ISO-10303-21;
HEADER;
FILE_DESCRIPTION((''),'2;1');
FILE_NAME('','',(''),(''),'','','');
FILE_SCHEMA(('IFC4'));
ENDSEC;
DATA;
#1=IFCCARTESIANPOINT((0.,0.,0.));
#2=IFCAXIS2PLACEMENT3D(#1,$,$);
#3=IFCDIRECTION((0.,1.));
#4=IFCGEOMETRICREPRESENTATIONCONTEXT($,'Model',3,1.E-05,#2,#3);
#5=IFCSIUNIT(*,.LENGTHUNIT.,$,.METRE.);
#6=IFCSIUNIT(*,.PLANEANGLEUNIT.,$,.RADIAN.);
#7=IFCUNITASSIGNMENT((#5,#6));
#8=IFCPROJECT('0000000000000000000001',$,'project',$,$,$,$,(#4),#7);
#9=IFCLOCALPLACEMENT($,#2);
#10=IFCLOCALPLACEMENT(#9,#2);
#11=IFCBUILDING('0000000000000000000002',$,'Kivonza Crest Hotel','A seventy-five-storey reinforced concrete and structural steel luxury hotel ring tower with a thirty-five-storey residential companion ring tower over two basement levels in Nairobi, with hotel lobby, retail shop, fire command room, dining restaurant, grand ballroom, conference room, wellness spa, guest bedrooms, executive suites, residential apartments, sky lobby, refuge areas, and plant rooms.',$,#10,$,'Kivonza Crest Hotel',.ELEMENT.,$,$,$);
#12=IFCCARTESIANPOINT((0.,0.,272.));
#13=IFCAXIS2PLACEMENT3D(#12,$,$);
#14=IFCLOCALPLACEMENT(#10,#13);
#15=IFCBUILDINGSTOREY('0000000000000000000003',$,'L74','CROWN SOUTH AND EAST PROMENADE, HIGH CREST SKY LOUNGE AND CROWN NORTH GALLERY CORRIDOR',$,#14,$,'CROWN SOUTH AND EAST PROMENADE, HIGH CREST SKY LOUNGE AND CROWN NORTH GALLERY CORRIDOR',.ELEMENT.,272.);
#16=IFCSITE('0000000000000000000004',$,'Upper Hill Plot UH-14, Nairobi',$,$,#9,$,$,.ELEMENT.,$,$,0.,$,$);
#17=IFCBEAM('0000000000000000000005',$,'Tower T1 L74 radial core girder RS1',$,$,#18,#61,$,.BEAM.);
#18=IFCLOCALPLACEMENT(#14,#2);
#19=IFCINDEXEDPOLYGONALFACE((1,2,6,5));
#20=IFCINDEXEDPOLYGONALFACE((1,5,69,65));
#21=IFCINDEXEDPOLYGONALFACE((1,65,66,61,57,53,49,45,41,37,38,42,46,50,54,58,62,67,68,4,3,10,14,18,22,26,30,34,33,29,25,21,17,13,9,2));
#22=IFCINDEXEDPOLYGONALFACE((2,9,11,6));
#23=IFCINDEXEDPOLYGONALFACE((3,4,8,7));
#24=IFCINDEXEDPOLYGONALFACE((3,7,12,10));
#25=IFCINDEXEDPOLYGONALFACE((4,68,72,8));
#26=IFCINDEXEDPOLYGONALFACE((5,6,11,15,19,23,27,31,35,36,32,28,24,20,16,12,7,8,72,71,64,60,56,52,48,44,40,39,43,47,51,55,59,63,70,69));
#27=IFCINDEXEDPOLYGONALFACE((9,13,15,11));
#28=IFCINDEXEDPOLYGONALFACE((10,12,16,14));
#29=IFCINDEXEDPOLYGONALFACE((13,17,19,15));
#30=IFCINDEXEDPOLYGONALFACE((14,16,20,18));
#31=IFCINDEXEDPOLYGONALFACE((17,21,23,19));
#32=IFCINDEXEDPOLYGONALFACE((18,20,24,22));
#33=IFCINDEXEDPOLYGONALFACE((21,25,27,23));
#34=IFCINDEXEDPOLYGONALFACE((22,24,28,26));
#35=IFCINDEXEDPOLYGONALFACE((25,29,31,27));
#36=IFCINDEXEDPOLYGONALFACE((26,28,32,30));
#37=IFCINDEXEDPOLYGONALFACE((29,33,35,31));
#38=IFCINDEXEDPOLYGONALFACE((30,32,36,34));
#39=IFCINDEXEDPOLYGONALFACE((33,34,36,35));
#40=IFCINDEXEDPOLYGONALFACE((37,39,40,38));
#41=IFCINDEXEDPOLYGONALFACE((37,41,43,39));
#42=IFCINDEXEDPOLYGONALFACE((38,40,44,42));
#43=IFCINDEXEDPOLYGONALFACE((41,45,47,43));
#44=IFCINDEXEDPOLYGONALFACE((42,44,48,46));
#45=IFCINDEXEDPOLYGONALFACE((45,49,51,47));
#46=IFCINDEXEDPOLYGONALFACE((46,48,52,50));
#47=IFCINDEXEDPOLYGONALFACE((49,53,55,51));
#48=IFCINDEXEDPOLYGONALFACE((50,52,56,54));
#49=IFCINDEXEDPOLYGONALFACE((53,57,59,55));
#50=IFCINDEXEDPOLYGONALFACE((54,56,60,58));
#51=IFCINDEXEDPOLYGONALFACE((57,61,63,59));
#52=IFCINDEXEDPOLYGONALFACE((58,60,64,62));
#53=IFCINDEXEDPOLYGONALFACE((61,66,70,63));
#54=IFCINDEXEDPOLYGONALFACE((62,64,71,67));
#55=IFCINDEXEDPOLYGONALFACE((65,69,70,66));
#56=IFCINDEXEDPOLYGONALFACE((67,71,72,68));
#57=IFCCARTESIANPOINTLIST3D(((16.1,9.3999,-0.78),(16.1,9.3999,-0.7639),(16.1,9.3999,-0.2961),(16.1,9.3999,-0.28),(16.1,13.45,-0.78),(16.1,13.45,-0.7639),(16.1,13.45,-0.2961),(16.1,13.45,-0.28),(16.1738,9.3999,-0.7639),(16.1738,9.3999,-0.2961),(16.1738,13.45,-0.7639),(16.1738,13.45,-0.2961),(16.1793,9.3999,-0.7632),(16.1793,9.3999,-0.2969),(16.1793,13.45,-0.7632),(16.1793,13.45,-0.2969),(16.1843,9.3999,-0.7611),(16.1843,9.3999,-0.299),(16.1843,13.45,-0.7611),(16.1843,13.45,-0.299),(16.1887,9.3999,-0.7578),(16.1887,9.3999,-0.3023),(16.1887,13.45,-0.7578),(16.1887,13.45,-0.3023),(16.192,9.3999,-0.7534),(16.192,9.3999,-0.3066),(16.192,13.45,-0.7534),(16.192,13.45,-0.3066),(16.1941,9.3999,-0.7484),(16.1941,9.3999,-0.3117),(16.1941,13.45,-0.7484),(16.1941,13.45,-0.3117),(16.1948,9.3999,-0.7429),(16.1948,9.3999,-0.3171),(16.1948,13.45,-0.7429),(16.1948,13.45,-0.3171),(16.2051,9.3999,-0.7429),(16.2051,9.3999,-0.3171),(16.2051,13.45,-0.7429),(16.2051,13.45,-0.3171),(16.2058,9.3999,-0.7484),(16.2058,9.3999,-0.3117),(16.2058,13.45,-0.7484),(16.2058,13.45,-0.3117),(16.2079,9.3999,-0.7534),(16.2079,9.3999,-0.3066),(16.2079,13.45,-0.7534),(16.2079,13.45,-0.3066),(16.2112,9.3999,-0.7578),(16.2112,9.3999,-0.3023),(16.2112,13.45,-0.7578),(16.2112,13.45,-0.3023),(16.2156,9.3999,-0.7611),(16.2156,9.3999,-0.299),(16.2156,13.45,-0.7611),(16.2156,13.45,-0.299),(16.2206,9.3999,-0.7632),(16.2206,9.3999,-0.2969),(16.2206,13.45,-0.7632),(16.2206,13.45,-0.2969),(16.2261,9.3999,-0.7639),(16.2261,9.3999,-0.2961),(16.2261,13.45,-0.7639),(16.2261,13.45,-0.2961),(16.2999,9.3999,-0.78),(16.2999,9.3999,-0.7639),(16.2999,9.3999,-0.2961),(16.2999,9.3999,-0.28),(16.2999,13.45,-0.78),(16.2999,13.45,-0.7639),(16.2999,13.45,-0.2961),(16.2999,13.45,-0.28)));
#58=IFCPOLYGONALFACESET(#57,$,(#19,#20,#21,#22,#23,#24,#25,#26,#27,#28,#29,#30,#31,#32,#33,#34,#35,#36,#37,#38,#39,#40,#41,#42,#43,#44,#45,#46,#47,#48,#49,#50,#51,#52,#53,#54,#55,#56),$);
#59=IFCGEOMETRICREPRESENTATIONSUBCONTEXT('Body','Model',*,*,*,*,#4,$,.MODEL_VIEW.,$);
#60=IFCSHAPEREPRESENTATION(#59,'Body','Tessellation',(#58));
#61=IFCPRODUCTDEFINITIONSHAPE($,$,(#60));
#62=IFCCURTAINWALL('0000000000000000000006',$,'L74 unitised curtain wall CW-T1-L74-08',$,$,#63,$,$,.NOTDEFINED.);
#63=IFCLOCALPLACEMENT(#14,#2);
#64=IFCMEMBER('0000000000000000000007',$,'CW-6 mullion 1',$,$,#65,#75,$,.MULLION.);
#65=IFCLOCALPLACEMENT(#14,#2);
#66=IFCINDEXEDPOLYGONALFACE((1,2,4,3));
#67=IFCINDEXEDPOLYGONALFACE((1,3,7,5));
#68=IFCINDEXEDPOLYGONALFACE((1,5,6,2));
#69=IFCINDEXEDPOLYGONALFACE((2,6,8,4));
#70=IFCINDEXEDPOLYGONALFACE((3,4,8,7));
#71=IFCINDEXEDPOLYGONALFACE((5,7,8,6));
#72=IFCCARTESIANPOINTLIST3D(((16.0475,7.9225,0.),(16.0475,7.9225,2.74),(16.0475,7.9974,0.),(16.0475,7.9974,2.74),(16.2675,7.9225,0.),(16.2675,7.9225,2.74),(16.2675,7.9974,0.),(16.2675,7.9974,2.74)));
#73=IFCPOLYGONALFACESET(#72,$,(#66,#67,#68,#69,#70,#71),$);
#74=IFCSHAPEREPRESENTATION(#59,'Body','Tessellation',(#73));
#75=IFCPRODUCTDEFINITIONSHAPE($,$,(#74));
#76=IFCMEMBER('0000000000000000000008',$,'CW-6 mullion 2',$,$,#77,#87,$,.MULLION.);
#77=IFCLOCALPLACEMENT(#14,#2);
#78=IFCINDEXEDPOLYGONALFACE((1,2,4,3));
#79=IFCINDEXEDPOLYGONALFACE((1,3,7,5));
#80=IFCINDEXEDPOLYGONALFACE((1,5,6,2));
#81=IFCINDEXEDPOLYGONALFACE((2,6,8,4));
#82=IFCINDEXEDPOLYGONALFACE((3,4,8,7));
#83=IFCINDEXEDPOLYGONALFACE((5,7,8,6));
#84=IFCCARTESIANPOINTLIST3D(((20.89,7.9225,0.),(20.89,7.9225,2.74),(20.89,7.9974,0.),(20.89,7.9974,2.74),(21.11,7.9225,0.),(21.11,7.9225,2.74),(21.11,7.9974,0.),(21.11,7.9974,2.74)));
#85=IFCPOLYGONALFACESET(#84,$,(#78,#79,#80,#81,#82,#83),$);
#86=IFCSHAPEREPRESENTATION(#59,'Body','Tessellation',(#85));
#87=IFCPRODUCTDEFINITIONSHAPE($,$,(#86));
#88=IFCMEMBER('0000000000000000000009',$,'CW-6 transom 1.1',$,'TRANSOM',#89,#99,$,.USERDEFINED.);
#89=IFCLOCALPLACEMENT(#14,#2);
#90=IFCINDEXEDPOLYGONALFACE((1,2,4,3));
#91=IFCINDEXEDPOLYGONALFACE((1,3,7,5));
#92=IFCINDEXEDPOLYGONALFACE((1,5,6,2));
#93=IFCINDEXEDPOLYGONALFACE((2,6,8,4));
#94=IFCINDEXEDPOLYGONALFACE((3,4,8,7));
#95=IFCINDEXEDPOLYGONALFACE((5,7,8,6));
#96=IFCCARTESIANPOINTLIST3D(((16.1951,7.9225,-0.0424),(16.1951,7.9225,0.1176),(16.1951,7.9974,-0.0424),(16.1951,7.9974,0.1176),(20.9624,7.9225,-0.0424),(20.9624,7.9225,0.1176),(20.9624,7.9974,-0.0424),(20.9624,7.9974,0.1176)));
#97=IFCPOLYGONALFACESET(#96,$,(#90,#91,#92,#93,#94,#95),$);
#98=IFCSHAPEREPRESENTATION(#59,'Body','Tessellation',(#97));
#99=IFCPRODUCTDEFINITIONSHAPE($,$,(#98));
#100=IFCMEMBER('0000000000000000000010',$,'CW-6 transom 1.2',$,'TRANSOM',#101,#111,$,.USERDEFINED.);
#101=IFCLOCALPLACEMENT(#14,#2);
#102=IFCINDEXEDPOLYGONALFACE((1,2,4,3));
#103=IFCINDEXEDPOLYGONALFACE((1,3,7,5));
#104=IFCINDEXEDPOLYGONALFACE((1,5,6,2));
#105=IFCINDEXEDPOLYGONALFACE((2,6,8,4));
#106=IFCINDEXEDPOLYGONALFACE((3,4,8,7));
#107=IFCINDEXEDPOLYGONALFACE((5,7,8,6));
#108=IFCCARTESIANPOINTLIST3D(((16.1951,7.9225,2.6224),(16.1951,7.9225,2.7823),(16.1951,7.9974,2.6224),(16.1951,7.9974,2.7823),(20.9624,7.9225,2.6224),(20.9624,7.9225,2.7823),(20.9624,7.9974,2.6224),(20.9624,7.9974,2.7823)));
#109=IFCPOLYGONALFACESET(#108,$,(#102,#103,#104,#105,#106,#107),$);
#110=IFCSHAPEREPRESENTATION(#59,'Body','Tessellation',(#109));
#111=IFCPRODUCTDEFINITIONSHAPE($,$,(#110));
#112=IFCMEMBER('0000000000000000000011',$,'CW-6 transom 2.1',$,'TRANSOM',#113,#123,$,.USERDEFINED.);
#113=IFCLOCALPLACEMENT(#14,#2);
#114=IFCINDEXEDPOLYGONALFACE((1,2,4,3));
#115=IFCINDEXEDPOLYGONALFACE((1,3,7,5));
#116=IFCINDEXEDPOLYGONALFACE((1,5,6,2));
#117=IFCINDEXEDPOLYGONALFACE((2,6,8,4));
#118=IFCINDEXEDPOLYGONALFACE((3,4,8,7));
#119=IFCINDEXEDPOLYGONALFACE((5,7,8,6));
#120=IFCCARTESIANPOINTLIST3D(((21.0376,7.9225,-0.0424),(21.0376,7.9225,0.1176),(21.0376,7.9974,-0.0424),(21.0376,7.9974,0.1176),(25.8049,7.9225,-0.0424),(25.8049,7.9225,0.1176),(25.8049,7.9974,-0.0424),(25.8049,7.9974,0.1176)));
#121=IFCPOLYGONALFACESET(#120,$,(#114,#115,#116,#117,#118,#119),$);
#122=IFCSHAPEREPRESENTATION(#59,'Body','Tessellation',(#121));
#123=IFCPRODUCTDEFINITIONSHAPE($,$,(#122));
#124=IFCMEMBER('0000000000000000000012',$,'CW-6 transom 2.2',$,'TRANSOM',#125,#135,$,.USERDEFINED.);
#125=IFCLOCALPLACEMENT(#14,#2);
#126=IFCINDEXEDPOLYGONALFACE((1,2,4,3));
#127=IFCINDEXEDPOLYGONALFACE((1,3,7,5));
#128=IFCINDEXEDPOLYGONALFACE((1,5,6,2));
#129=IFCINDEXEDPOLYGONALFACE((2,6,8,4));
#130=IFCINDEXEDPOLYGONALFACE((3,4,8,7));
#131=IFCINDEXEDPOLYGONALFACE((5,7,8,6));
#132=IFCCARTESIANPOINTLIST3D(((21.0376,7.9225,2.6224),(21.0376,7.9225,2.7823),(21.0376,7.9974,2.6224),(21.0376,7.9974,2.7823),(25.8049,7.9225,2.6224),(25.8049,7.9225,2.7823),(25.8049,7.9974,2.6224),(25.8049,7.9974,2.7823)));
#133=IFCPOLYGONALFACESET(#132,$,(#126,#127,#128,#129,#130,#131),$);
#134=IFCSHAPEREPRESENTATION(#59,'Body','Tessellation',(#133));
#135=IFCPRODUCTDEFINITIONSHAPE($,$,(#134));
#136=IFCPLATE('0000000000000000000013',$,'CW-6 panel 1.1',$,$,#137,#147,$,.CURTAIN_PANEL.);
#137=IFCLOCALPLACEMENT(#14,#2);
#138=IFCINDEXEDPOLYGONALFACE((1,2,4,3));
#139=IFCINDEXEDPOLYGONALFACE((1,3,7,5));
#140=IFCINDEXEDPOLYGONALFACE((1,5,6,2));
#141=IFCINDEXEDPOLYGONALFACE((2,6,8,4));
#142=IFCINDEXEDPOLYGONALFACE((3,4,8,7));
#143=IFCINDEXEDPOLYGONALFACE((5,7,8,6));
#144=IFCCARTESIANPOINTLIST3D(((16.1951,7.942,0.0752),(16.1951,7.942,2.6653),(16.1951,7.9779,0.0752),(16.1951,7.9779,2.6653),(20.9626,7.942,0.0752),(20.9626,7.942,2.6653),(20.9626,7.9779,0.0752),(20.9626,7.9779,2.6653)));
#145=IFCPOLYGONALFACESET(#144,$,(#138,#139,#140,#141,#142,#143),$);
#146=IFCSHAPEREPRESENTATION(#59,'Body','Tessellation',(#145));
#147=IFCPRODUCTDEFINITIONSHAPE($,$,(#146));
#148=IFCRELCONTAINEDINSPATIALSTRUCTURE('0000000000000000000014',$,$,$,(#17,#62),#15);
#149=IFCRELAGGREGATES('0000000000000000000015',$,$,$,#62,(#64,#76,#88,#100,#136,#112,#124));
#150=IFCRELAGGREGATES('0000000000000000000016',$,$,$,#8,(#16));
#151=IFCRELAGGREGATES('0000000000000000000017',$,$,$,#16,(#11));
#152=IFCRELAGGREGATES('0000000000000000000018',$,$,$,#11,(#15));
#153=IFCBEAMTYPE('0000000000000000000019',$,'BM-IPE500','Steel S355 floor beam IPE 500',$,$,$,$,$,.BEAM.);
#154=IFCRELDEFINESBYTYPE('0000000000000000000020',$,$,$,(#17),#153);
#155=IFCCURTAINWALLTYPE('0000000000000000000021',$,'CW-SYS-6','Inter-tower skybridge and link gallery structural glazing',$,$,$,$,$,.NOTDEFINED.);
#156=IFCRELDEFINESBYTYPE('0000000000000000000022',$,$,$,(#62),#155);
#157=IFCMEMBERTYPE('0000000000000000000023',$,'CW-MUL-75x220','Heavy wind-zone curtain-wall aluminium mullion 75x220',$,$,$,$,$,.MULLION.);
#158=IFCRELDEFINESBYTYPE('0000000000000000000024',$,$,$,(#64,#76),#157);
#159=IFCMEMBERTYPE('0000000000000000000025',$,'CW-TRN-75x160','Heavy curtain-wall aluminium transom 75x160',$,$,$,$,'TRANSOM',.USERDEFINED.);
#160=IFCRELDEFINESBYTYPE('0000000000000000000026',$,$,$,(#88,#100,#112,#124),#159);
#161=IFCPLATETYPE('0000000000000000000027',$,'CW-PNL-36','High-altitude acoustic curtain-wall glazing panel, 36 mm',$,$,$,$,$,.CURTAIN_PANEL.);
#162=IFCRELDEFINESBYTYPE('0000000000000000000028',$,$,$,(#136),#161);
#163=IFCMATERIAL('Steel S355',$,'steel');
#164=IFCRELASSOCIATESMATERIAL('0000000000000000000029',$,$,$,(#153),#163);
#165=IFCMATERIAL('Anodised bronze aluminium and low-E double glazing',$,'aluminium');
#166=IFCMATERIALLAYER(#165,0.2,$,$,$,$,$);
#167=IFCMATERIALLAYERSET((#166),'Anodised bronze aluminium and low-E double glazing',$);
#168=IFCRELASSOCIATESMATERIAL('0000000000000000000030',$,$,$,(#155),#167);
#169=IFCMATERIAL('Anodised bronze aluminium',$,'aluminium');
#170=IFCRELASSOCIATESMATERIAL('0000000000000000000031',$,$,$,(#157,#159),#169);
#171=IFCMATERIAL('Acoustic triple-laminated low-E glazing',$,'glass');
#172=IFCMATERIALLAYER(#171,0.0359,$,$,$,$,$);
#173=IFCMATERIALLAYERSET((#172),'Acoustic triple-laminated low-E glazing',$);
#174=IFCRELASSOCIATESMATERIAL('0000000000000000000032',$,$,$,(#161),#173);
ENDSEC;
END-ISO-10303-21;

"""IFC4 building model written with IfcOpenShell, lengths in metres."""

from ifc_helpers import new_model, si_unit, direction, frame, origin, origin_2d, place, context, subcontext, project, spatial, rectangle, i_section, extrude, material, layer, layer_set, material_profile, profile_set, type_object, element, aggregate, save


model = new_model("IFC4")

# Units and contexts
model_context = context("Model", 3, precision=1e-05, world=origin(), true_north=direction((0.0, 1.0)))
body_context = subcontext(model_context, "Body", "Model", "MODEL_VIEW")
ifc_project = project(units=[si_unit("LENGTHUNIT", "METRE"), si_unit("PLANEANGLEUNIT", "RADIAN")], contexts=[model_context])

# Site, building, storey
site_placement = place(None, origin())
site = spatial("IfcSite", under=ifc_project, at=site_placement, Name="Upper Hill Plot UH-14, Nairobi", CompositionType="ELEMENT", RefElevation=0.0)
building_placement = place(site_placement, origin())
building = spatial("IfcBuilding", under=site, at=building_placement, Name="Kivonza Crest Hotel", Description="A seventy-five-storey reinforced concrete and structural steel luxury hotel ring tower with a thirty-five-storey residential companion ring tower over two basement levels in Nairobi, with hotel lobby, retail shop, fire command room, dining restaurant, grand ballroom, conference room, wellness spa, guest bedrooms, executive suites, residential apartments, sky lobby, refuge areas, and plant rooms.", LongName="Kivonza Crest Hotel", CompositionType="ELEMENT")
storey_placement = place(building_placement, frame((0.0, 0.0, 272.0)))
storey = spatial("IfcBuildingStorey", under=building, at=storey_placement, Name="L74", Description="CROWN SOUTH AND EAST PROMENADE, HIGH CREST SKY LOUNGE AND CROWN NORTH GALLERY CORRIDOR", LongName="CROWN SOUTH AND EAST PROMENADE, HIGH CREST SKY LOUNGE AND CROWN NORTH GALLERY CORRIDOR", CompositionType="ELEMENT", Elevation=272.0)

# Beam
ifc_material_1 = material(Name="Steel S355", Category="steel")
ifc_material_profile_1 = material_profile(ifc_material_1, i_section(OverallWidth=0.2, OverallDepth=0.5, WebThickness=0.0103, FlangeThickness=0.0161, FilletRadius=0.021, at=origin_2d()), Name="IPE 500")
ifc_profile_set_1 = profile_set([ifc_material_profile_1], Name="Steel S355")
beam_type_1 = type_object("IfcBeamType", Name="BM-IPE500", Description="Steel S355 floor beam IPE 500", PredefinedType="BEAM", material=ifc_profile_set_1)
beam_1_placement = place(storey_placement, frame((16.2, 9.3999, -0.53), z_axis=(0.0, 1.0, 0.0), x_axis=(-1.0, 0.0, 0.0)))
element("IfcBeam", 1, at=beam_1_placement, inside=storey, type_object=beam_type_1, Name="Tower T1 L74 radial core girder RS1", PredefinedType="BEAM", context=body_context, shape_type="SweptSolid", body=[
    extrude(i_section(OverallWidth=0.2, OverallDepth=0.5, WebThickness=0.0103, FlangeThickness=0.0161, FilletRadius=0.021, at=origin_2d()), origin(), (0.0, 0.0, 1.0), 4.05),
])

# Curtain wall, members, plate
ifc_material_2 = material(Name="Anodised bronze aluminium and low-E double glazing", Category="aluminium")
ifc_layer_1 = layer(ifc_material_2, 0.2)
ifc_layer_set_1 = layer_set([ifc_layer_1], Name="Anodised bronze aluminium and low-E double glazing")
curtain_wall_type = type_object("IfcCurtainWallType", Name="CW-SYS-6", Description="Inter-tower skybridge and link gallery structural glazing", PredefinedType="NOTDEFINED", material=ifc_layer_set_1)
curtain_wall_placement = place(storey_placement, origin())
curtain_wall = element("IfcCurtainWall", 2, at=curtain_wall_placement, inside=storey, type_object=curtain_wall_type, Name="L74 unitised curtain wall CW-T1-L74-08", PredefinedType="NOTDEFINED")
ifc_material_3 = material(Name="Anodised bronze aluminium", Category="aluminium")
ifc_material_profile_2 = material_profile(ifc_material_3, rectangle(XDim=0.075, YDim=0.22, at=origin_2d()), Name="CW-M 75x220")
ifc_profile_set_2 = profile_set([ifc_material_profile_2], Name="Anodised bronze aluminium")
member_type_1 = type_object("IfcMemberType", Name="CW-MUL-75x220", Description="Heavy wind-zone curtain-wall aluminium mullion 75x220", PredefinedType="MULLION", material=ifc_profile_set_2)
member_1_placement = place(storey_placement, frame((16.1575, 7.96, 0.0), z_axis=(0.0, 0.0, 1.0), x_axis=(0.0, 1.0, 0.0)))
member_1 = element("IfcMember", 3, at=member_1_placement, type_object=member_type_1, Name="CW-6 mullion 1", PredefinedType="MULLION", context=body_context, shape_type="SweptSolid", body=[
    extrude(rectangle(XDim=0.075, YDim=0.22, at=origin_2d()), origin(), (0.0, 0.0, 1.0), 2.74),
])
member_2_placement = place(storey_placement, frame((21.0, 7.96, 0.0), z_axis=(0.0, 0.0, 1.0), x_axis=(0.0, 1.0, 0.0)))
member_2 = element("IfcMember", 4, at=member_2_placement, type_object=member_type_1, Name="CW-6 mullion 2", PredefinedType="MULLION", context=body_context, shape_type="SweptSolid", body=[
    extrude(rectangle(XDim=0.075, YDim=0.22, at=origin_2d()), origin(), (0.0, 0.0, 1.0), 2.74),
])
ifc_material_profile_3 = material_profile(ifc_material_3, rectangle(XDim=0.075, YDim=0.1599, at=origin_2d()), Name="CW-T 75x160")
ifc_profile_set_3 = profile_set([ifc_material_profile_3], Name="Anodised bronze aluminium")
member_type_2 = type_object("IfcMemberType", Name="CW-TRN-75x160", Description="Heavy curtain-wall aluminium transom 75x160", ElementType="TRANSOM", PredefinedType="USERDEFINED", material=ifc_profile_set_3)
member_3_placement = place(storey_placement, frame((16.1951, 7.96, 0.0376), z_axis=(1.0, 0.0, 0.0), x_axis=(0.0, 1.0, 0.0)))
member_3 = element("IfcMember", 5, at=member_3_placement, type_object=member_type_2, Name="CW-6 transom 1.1", ObjectType="TRANSOM", PredefinedType="USERDEFINED", context=body_context, shape_type="SweptSolid", body=[
    extrude(rectangle(XDim=0.075, YDim=0.1599, at=origin_2d()), origin(), (0.0, 0.0, 1.0), 4.7673),
])
member_4_placement = place(storey_placement, frame((16.1951, 7.96, 2.7024), z_axis=(1.0, 0.0, 0.0), x_axis=(0.0, 1.0, 0.0)))
member_4 = element("IfcMember", 6, at=member_4_placement, type_object=member_type_2, Name="CW-6 transom 1.2", ObjectType="TRANSOM", PredefinedType="USERDEFINED", context=body_context, shape_type="SweptSolid", body=[
    extrude(rectangle(XDim=0.075, YDim=0.1599, at=origin_2d()), origin(), (0.0, 0.0, 1.0), 4.7673),
])
member_5_placement = place(storey_placement, frame((21.0376, 7.96, 0.0376), z_axis=(1.0, 0.0, 0.0), x_axis=(0.0, 1.0, 0.0)))
member_5 = element("IfcMember", 7, at=member_5_placement, type_object=member_type_2, Name="CW-6 transom 2.1", ObjectType="TRANSOM", PredefinedType="USERDEFINED", context=body_context, shape_type="SweptSolid", body=[
    extrude(rectangle(XDim=0.075, YDim=0.1599, at=origin_2d()), origin(), (0.0, 0.0, 1.0), 4.7673),
])
member_6_placement = place(storey_placement, frame((21.0376, 7.96, 2.7024), z_axis=(1.0, 0.0, 0.0), x_axis=(0.0, 1.0, 0.0)))
member_6 = element("IfcMember", 8, at=member_6_placement, type_object=member_type_2, Name="CW-6 transom 2.2", ObjectType="TRANSOM", PredefinedType="USERDEFINED", context=body_context, shape_type="SweptSolid", body=[
    extrude(rectangle(XDim=0.075, YDim=0.1599, at=origin_2d()), origin(), (0.0, 0.0, 1.0), 4.7673),
])
ifc_material_4 = material(Name="Acoustic triple-laminated low-E glazing", Category="glass")
ifc_layer_2 = layer(ifc_material_4, 0.0359)
ifc_layer_set_2 = layer_set([ifc_layer_2], Name="Acoustic triple-laminated low-E glazing")
plate_type = type_object("IfcPlateType", Name="CW-PNL-36", Description="High-altitude acoustic curtain-wall glazing panel, 36 mm", PredefinedType="CURTAIN_PANEL", material=ifc_layer_set_2)
plate_placement = place(storey_placement, frame((18.5789, 7.96, 0.0752), z_axis=(0.0, 0.0, 1.0), x_axis=(1.0, 0.0, 0.0)))
plate = element("IfcPlate", 9, at=plate_placement, type_object=plate_type, Name="CW-6 panel 1.1", PredefinedType="CURTAIN_PANEL", context=body_context, shape_type="SweptSolid", body=[
    extrude(rectangle(XDim=4.7676, YDim=0.0359, at=origin_2d()), origin(), (0.0, 0.0, 1.0), 2.5901),
])
aggregate(curtain_wall, [member_1, member_2, member_3, member_4, plate, member_5, member_6])

save(model, "model.ifc")
